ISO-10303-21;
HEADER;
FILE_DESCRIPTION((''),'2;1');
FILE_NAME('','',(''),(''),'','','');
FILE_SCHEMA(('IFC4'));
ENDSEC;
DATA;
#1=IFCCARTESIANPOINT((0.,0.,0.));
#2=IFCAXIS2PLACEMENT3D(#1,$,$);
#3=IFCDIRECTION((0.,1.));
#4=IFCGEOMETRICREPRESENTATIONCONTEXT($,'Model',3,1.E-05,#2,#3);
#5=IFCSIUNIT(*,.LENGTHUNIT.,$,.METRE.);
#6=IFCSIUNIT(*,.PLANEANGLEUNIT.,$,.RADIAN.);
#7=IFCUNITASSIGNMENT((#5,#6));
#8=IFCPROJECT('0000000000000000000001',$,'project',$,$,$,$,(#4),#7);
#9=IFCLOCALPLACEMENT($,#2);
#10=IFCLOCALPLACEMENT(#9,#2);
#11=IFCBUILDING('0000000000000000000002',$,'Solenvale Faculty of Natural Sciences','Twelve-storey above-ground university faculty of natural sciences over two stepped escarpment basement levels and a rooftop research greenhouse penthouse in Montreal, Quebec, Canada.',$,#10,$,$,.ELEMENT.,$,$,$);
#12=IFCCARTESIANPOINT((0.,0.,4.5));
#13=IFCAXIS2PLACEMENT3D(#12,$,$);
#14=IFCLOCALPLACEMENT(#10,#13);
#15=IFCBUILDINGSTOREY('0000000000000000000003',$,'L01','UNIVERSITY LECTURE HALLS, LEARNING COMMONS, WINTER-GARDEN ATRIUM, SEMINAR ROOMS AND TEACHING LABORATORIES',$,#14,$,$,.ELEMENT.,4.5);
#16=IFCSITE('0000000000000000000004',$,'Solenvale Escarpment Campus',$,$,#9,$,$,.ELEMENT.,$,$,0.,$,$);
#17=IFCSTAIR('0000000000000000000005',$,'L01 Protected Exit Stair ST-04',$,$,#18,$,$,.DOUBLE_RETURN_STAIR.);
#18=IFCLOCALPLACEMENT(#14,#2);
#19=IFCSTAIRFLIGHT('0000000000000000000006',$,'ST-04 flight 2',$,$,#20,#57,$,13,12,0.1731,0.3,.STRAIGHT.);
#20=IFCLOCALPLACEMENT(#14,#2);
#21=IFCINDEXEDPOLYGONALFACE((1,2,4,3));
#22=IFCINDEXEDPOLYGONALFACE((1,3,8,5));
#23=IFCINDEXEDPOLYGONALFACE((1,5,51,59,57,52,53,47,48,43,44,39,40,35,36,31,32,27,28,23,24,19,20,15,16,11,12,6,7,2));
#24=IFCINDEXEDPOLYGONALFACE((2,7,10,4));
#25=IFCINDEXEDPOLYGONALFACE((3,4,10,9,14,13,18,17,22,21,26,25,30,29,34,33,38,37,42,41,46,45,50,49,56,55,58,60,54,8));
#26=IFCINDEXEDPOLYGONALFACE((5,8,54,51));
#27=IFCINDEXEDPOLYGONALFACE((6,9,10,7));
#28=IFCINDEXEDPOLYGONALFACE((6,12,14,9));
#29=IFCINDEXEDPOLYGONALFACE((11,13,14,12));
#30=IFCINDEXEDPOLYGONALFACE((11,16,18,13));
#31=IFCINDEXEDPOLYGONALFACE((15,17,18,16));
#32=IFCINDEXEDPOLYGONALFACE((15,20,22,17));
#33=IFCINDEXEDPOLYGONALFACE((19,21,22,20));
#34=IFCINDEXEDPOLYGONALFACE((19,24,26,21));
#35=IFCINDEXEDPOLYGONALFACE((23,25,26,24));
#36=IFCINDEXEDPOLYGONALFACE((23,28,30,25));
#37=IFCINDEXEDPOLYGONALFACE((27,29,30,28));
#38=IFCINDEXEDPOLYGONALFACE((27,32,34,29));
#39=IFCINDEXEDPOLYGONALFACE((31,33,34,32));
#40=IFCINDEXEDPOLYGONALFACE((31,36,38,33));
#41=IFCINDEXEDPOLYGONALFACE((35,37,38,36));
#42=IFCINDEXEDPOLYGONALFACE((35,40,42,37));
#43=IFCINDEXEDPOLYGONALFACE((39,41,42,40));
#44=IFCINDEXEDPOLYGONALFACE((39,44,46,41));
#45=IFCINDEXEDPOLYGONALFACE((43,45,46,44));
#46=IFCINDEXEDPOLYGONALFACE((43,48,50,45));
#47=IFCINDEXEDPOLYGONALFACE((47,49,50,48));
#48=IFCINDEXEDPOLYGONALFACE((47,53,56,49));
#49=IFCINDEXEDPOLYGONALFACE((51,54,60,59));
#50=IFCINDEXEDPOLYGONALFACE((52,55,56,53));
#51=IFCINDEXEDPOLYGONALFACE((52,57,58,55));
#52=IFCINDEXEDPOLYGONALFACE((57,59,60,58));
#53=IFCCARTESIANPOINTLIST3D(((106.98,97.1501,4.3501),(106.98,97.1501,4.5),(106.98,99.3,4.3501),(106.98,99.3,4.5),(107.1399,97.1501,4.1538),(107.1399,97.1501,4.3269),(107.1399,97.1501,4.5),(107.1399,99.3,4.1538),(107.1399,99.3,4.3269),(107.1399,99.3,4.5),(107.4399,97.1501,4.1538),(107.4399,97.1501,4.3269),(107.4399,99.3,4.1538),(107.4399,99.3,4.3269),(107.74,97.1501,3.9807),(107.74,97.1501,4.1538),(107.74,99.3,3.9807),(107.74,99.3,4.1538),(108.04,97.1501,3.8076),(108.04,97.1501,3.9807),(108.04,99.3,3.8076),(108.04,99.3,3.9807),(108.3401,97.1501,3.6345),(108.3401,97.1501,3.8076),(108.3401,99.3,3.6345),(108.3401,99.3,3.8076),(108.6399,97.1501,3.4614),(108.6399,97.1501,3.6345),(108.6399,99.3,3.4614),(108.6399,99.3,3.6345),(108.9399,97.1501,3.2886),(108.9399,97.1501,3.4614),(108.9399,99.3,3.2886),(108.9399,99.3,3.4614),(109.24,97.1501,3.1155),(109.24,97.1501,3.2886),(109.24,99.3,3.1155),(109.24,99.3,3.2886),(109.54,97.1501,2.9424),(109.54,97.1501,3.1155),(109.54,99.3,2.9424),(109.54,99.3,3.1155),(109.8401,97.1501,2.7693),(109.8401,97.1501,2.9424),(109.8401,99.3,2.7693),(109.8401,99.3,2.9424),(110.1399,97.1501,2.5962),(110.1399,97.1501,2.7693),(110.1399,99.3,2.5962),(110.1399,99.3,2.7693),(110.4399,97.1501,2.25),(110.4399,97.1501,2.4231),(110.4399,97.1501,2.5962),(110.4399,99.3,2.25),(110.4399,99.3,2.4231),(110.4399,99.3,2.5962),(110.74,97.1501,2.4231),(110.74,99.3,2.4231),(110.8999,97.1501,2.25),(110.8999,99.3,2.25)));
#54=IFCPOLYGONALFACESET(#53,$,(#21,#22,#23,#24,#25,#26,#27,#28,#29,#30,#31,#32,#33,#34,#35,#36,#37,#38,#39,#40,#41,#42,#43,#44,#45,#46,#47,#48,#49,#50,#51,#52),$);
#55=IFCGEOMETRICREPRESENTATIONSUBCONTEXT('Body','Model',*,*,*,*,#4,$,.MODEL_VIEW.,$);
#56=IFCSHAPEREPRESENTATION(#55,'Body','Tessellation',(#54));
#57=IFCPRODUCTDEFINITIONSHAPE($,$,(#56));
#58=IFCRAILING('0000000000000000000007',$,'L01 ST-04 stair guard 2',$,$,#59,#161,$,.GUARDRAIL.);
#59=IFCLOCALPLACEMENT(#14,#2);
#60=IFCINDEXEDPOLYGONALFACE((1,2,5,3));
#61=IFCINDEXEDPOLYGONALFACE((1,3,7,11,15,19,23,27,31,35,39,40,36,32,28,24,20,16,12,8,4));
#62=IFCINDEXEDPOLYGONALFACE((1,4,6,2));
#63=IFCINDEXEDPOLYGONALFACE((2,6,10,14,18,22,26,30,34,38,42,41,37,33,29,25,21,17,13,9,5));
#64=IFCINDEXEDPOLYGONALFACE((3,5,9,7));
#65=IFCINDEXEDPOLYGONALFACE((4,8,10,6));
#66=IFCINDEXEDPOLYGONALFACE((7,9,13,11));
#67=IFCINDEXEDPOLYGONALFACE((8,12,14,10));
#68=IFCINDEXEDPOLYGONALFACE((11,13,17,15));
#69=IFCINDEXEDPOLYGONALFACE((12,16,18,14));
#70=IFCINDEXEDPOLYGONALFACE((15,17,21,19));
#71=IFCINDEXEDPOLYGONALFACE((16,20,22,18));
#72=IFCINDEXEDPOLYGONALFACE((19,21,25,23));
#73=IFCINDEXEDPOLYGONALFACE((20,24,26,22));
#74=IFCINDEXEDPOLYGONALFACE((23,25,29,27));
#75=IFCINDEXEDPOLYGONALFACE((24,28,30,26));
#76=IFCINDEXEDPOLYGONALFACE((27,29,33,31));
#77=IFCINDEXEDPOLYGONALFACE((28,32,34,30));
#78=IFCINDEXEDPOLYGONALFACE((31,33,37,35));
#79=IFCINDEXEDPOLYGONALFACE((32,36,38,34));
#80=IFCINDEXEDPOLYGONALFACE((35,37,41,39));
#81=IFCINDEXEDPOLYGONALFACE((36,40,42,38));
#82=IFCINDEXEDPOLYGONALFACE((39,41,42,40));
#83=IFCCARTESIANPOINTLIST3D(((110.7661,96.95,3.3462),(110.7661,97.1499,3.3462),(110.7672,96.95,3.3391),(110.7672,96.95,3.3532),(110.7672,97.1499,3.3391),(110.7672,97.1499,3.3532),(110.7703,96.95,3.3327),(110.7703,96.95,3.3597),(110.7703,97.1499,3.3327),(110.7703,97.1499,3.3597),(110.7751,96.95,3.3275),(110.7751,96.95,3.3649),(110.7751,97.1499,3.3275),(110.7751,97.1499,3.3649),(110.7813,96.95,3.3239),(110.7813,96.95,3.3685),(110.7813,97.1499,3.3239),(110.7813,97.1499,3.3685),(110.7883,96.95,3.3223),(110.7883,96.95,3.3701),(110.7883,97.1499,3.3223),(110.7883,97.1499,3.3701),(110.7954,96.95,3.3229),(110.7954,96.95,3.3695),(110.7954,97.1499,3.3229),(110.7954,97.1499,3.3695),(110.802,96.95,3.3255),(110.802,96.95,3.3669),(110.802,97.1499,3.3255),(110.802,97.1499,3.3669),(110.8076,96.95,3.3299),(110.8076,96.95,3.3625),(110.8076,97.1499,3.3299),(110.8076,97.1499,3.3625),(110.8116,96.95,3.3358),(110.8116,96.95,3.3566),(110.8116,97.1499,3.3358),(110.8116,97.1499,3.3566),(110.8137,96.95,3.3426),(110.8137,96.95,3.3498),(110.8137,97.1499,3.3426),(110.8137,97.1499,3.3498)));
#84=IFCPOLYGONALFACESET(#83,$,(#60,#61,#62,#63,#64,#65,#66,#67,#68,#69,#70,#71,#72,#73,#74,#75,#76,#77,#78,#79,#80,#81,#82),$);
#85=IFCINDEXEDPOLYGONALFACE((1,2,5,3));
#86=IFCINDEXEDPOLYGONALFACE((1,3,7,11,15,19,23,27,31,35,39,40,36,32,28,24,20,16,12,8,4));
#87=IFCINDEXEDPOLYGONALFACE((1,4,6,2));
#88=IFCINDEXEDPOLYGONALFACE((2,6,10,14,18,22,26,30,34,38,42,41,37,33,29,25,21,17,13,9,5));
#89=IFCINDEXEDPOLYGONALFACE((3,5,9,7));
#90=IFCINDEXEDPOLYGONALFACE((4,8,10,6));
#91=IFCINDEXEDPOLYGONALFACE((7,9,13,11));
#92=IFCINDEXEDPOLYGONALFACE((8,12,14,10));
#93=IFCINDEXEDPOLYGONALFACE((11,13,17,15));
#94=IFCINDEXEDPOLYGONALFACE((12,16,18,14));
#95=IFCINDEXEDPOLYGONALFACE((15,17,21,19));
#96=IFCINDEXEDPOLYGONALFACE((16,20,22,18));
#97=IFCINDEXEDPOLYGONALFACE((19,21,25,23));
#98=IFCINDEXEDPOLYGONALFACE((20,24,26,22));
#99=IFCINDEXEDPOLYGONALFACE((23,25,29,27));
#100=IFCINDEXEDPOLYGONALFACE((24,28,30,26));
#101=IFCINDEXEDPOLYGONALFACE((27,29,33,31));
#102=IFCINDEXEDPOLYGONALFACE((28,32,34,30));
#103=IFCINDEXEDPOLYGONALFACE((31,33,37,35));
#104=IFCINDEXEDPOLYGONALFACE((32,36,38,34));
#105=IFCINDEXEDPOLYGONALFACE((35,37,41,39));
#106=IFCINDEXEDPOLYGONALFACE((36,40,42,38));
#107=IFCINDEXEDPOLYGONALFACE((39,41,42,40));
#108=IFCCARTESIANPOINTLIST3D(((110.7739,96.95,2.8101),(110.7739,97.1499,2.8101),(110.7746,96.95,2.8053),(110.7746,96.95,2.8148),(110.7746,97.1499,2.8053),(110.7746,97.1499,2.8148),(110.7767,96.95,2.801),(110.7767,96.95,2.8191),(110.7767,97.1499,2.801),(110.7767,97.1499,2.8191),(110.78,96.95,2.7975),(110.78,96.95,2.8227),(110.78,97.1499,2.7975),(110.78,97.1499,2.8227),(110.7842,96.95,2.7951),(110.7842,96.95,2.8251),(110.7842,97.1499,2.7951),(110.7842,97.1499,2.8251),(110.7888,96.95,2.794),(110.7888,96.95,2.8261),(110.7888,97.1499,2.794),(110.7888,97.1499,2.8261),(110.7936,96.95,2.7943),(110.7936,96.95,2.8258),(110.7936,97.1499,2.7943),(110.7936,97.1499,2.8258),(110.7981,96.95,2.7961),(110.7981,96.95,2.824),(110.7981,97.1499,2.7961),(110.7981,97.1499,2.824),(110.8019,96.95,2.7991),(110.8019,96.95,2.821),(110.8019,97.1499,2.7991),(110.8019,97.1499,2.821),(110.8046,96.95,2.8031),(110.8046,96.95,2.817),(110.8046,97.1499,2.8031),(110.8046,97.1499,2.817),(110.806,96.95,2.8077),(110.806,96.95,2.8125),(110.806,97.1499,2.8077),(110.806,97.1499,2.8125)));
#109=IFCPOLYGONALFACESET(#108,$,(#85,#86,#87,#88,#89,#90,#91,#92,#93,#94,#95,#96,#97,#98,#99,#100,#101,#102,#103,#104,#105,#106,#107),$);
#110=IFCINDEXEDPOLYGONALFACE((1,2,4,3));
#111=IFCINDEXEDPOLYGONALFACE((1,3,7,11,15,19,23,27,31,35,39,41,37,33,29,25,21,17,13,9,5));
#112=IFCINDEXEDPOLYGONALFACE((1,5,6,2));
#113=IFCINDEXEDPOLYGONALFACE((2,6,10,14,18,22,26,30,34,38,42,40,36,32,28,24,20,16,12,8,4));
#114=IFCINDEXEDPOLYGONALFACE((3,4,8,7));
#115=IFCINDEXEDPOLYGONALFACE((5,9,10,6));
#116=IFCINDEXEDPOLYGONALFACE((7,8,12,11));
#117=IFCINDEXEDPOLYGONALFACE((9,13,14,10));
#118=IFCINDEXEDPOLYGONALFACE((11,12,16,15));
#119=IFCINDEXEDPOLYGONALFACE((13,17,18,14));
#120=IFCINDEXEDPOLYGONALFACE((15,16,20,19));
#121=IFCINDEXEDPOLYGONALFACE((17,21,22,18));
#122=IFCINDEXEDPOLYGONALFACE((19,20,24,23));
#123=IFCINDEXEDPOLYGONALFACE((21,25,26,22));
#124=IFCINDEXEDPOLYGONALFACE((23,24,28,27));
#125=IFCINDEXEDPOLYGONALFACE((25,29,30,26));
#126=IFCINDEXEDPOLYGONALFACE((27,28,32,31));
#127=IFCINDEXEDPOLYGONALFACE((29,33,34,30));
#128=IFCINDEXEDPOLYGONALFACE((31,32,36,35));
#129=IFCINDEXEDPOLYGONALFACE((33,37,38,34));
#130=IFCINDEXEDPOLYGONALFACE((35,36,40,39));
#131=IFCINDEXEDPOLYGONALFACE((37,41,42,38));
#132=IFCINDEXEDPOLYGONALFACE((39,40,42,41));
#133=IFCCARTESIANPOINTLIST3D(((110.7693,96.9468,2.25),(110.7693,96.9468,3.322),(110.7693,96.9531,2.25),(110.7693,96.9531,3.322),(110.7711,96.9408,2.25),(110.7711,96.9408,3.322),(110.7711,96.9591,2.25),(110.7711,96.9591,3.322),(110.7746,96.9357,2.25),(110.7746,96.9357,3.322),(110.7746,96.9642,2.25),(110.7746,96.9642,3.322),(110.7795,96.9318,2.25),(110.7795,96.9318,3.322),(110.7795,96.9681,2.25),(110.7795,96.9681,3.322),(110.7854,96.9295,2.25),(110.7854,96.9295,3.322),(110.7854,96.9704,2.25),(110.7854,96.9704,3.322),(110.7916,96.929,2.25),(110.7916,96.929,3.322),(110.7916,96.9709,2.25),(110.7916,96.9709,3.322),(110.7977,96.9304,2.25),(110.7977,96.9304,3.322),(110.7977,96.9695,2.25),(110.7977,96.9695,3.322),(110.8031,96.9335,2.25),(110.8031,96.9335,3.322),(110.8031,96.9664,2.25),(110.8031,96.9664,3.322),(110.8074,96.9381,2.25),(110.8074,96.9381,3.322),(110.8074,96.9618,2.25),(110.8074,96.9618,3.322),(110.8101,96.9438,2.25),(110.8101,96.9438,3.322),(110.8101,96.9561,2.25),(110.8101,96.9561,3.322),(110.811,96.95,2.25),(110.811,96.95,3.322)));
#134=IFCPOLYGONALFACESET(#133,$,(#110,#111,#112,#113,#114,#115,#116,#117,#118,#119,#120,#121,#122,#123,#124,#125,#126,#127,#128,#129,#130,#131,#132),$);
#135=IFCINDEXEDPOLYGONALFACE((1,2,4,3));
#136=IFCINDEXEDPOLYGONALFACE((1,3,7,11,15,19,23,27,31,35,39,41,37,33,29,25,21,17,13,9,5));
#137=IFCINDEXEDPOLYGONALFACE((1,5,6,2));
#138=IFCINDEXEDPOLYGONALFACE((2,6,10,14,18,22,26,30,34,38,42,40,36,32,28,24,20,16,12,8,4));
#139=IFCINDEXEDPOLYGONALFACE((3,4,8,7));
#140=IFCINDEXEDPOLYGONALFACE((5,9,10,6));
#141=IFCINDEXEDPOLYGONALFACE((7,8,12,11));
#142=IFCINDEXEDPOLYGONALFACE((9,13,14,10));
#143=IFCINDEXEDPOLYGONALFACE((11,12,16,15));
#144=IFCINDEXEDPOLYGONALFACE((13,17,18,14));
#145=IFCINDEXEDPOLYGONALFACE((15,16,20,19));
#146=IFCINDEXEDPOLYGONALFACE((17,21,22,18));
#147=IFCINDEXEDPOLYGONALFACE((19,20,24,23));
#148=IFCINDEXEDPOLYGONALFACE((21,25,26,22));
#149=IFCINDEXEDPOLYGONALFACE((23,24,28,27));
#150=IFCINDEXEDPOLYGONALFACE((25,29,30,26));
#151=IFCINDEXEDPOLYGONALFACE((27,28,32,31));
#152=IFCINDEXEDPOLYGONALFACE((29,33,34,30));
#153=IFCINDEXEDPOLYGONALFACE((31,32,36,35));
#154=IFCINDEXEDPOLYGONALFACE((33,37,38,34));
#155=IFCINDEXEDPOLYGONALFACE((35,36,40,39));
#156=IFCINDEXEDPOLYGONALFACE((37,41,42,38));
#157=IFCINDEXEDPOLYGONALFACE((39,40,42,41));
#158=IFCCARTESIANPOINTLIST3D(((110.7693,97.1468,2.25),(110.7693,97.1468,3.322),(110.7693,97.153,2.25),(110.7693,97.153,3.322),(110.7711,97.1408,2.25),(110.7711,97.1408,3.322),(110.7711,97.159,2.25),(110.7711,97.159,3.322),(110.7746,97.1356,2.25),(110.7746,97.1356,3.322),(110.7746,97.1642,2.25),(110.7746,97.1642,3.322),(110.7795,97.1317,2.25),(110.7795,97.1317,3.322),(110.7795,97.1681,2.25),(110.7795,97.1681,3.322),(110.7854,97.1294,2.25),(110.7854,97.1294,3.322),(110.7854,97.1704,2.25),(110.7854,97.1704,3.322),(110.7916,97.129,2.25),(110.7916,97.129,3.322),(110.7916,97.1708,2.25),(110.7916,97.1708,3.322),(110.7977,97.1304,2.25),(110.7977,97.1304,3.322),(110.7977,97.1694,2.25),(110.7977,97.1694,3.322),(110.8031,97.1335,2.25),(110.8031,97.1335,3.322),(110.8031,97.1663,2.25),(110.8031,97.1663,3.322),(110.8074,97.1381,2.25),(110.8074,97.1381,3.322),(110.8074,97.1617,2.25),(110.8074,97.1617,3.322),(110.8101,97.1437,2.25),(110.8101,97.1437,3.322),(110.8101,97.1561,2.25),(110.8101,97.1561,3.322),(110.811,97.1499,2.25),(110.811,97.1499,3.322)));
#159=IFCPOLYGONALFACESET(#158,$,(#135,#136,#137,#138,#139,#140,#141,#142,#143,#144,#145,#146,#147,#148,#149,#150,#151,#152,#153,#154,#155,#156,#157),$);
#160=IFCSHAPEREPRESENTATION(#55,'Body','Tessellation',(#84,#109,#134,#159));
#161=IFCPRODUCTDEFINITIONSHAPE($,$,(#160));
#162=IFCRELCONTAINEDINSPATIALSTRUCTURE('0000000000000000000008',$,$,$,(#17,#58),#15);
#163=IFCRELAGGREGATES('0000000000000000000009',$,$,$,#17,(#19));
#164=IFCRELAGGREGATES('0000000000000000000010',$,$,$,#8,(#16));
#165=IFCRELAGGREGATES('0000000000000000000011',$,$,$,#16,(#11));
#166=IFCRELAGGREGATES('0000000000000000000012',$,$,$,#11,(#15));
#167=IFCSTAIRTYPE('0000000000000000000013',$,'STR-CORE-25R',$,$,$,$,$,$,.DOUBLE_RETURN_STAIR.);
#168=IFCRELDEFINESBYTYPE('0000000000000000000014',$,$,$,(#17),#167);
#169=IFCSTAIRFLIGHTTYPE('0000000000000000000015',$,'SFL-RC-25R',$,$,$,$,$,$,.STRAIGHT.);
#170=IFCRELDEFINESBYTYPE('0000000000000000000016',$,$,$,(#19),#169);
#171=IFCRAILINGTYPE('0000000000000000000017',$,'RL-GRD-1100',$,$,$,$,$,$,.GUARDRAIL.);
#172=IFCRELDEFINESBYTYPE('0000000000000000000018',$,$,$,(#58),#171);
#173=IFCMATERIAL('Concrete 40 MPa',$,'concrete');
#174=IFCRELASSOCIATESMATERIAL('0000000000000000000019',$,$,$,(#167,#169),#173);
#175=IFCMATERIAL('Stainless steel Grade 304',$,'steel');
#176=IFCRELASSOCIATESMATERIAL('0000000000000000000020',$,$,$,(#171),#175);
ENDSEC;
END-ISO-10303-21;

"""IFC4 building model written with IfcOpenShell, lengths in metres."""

from ifc_helpers import new_model, si_unit, direction, frame, origin, origin_2d, place, context, subcontext, project, spatial, polyline, circle, outline, extrude, material, type_object, element, aggregate, save


model = new_model("IFC4")

# Units and contexts
model_context = context("Model", 3, precision=1e-05, world=origin(), true_north=direction((0.0, 1.0)))
body_context = subcontext(model_context, "Body", "Model", "MODEL_VIEW")
ifc_project = project(units=[si_unit("LENGTHUNIT", "METRE"), si_unit("PLANEANGLEUNIT", "RADIAN")], contexts=[model_context])

# Site, building, storey
site_placement = place(None, origin())
site = spatial("IfcSite", under=ifc_project, at=site_placement, Name="Solenvale Escarpment Campus", CompositionType="ELEMENT", RefElevation=0.0)
building_placement = place(site_placement, origin())
building = spatial("IfcBuilding", under=site, at=building_placement, Name="Solenvale Faculty of Natural Sciences", Description="Twelve-storey above-ground university faculty of natural sciences over two stepped escarpment basement levels and a rooftop research greenhouse penthouse in Montreal, Quebec, Canada.", CompositionType="ELEMENT")
storey_placement = place(building_placement, frame((0.0, 0.0, 4.5)))
storey = spatial("IfcBuildingStorey", under=building, at=storey_placement, Name="L01", Description="UNIVERSITY LECTURE HALLS, LEARNING COMMONS, WINTER-GARDEN ATRIUM, SEMINAR ROOMS AND TEACHING LABORATORIES", CompositionType="ELEMENT", Elevation=4.5)

# Shared definitions
ifc_material_1 = material(Name="Concrete 40 MPa", Category="concrete")

# Stair, stair flight
stair_type = type_object("IfcStairType", Name="STR-CORE-25R", PredefinedType="DOUBLE_RETURN_STAIR", material=ifc_material_1)
stair_placement = place(storey_placement, origin())
stair = element("IfcStair", 1, at=stair_placement, inside=storey, type_object=stair_type, Name="L01 Protected Exit Stair ST-04", PredefinedType="DOUBLE_RETURN_STAIR")
stair_flight_type = type_object("IfcStairFlightType", Name="SFL-RC-25R", PredefinedType="STRAIGHT", material=ifc_material_1)
stair_flight_1_placement = place(storey_placement, frame((110.74, 98.2251, 2.25), z_axis=(0.0, 0.0, 1.0), x_axis=(-1.0, 0.0, 0.0)))
stair_flight_1 = element("IfcStairFlight", 2, at=stair_flight_1_placement, type_object=stair_flight_type, Name="ST-04 flight 2", NumberOfRisers=13, NumberOfTreads=12, PredefinedType="STRAIGHT", RiserHeight=0.1731, TreadLength=0.3, context=body_context, shape_type="SweptSolid", body=[
    extrude(outline(polyline([(-0.1599, 0.0), (0.0, 0.1731), (0.3, 0.1731), (0.3, 0.3462), (0.6001, 0.3462), (0.6001, 0.5193), (0.8999, 0.5193), (0.8999, 0.6924), (1.2, 0.6924), (1.2, 0.8655), (1.5, 0.8655), (1.5, 1.0386), (1.8, 1.0386), (1.8, 1.2114), (2.1001, 1.2114), (2.1001, 1.3845), (2.3999, 1.3845), (2.3999, 1.5576), (2.7, 1.5576), (2.7, 1.7307), (3.0, 1.7307), (3.0, 1.9038), (3.3, 1.9038), (3.3, 2.0769), (3.6001, 2.0769), (3.6001, 2.25), (3.76, 2.25), (3.76, 2.1001), (3.6001, 1.9038), (0.3, 0.0), (-0.1599, 0.0)])), frame((0.0, 1.075, 0.0), z_axis=(0.0, -1.0, 0.0), x_axis=(1.0, 0.0, 0.0)), (0.0, 0.0, 1.0), 2.1499),
])
aggregate(stair, [stair_flight_1])

# Railing
ifc_material_2 = material(Name="Stainless steel Grade 304", Category="steel")
railing_type_1 = type_object("IfcRailingType", Name="RL-GRD-1100", PredefinedType="GUARDRAIL", material=ifc_material_2)
railing_1_placement = place(storey_placement, frame((110.79, 96.95, 2.25)))
element("IfcRailing", 3, at=railing_1_placement, inside=storey, type_object=railing_type_1, Name="L01 ST-04 stair guard 2", PredefinedType="GUARDRAIL", context=body_context, shape_type="SweptSolid", body=[
    extrude(circle(Radius=0.0239, at=origin_2d()), frame((0.0, 0.0, 1.0962), z_axis=(0.0, 1.0, 0.0), x_axis=(-1.0, 0.0, 0.0)), (0.0, 0.0, 1.0), 0.2),
    extrude(circle(Radius=0.0161, at=origin_2d()), frame((0.0, 0.0, 0.5601), z_axis=(0.0, 1.0, 0.0), x_axis=(-1.0, 0.0, 0.0)), (0.0, 0.0, 1.0), 0.2),
    extrude(circle(Radius=0.021, at=origin_2d()), origin(), (0.0, 0.0, 1.0), 1.072),
    extrude(circle(Radius=0.021, at=origin_2d()), frame((0.0, 0.2, 0.0)), (0.0, 0.0, 1.0), 1.072),
])

save(model, "model.ifc")
